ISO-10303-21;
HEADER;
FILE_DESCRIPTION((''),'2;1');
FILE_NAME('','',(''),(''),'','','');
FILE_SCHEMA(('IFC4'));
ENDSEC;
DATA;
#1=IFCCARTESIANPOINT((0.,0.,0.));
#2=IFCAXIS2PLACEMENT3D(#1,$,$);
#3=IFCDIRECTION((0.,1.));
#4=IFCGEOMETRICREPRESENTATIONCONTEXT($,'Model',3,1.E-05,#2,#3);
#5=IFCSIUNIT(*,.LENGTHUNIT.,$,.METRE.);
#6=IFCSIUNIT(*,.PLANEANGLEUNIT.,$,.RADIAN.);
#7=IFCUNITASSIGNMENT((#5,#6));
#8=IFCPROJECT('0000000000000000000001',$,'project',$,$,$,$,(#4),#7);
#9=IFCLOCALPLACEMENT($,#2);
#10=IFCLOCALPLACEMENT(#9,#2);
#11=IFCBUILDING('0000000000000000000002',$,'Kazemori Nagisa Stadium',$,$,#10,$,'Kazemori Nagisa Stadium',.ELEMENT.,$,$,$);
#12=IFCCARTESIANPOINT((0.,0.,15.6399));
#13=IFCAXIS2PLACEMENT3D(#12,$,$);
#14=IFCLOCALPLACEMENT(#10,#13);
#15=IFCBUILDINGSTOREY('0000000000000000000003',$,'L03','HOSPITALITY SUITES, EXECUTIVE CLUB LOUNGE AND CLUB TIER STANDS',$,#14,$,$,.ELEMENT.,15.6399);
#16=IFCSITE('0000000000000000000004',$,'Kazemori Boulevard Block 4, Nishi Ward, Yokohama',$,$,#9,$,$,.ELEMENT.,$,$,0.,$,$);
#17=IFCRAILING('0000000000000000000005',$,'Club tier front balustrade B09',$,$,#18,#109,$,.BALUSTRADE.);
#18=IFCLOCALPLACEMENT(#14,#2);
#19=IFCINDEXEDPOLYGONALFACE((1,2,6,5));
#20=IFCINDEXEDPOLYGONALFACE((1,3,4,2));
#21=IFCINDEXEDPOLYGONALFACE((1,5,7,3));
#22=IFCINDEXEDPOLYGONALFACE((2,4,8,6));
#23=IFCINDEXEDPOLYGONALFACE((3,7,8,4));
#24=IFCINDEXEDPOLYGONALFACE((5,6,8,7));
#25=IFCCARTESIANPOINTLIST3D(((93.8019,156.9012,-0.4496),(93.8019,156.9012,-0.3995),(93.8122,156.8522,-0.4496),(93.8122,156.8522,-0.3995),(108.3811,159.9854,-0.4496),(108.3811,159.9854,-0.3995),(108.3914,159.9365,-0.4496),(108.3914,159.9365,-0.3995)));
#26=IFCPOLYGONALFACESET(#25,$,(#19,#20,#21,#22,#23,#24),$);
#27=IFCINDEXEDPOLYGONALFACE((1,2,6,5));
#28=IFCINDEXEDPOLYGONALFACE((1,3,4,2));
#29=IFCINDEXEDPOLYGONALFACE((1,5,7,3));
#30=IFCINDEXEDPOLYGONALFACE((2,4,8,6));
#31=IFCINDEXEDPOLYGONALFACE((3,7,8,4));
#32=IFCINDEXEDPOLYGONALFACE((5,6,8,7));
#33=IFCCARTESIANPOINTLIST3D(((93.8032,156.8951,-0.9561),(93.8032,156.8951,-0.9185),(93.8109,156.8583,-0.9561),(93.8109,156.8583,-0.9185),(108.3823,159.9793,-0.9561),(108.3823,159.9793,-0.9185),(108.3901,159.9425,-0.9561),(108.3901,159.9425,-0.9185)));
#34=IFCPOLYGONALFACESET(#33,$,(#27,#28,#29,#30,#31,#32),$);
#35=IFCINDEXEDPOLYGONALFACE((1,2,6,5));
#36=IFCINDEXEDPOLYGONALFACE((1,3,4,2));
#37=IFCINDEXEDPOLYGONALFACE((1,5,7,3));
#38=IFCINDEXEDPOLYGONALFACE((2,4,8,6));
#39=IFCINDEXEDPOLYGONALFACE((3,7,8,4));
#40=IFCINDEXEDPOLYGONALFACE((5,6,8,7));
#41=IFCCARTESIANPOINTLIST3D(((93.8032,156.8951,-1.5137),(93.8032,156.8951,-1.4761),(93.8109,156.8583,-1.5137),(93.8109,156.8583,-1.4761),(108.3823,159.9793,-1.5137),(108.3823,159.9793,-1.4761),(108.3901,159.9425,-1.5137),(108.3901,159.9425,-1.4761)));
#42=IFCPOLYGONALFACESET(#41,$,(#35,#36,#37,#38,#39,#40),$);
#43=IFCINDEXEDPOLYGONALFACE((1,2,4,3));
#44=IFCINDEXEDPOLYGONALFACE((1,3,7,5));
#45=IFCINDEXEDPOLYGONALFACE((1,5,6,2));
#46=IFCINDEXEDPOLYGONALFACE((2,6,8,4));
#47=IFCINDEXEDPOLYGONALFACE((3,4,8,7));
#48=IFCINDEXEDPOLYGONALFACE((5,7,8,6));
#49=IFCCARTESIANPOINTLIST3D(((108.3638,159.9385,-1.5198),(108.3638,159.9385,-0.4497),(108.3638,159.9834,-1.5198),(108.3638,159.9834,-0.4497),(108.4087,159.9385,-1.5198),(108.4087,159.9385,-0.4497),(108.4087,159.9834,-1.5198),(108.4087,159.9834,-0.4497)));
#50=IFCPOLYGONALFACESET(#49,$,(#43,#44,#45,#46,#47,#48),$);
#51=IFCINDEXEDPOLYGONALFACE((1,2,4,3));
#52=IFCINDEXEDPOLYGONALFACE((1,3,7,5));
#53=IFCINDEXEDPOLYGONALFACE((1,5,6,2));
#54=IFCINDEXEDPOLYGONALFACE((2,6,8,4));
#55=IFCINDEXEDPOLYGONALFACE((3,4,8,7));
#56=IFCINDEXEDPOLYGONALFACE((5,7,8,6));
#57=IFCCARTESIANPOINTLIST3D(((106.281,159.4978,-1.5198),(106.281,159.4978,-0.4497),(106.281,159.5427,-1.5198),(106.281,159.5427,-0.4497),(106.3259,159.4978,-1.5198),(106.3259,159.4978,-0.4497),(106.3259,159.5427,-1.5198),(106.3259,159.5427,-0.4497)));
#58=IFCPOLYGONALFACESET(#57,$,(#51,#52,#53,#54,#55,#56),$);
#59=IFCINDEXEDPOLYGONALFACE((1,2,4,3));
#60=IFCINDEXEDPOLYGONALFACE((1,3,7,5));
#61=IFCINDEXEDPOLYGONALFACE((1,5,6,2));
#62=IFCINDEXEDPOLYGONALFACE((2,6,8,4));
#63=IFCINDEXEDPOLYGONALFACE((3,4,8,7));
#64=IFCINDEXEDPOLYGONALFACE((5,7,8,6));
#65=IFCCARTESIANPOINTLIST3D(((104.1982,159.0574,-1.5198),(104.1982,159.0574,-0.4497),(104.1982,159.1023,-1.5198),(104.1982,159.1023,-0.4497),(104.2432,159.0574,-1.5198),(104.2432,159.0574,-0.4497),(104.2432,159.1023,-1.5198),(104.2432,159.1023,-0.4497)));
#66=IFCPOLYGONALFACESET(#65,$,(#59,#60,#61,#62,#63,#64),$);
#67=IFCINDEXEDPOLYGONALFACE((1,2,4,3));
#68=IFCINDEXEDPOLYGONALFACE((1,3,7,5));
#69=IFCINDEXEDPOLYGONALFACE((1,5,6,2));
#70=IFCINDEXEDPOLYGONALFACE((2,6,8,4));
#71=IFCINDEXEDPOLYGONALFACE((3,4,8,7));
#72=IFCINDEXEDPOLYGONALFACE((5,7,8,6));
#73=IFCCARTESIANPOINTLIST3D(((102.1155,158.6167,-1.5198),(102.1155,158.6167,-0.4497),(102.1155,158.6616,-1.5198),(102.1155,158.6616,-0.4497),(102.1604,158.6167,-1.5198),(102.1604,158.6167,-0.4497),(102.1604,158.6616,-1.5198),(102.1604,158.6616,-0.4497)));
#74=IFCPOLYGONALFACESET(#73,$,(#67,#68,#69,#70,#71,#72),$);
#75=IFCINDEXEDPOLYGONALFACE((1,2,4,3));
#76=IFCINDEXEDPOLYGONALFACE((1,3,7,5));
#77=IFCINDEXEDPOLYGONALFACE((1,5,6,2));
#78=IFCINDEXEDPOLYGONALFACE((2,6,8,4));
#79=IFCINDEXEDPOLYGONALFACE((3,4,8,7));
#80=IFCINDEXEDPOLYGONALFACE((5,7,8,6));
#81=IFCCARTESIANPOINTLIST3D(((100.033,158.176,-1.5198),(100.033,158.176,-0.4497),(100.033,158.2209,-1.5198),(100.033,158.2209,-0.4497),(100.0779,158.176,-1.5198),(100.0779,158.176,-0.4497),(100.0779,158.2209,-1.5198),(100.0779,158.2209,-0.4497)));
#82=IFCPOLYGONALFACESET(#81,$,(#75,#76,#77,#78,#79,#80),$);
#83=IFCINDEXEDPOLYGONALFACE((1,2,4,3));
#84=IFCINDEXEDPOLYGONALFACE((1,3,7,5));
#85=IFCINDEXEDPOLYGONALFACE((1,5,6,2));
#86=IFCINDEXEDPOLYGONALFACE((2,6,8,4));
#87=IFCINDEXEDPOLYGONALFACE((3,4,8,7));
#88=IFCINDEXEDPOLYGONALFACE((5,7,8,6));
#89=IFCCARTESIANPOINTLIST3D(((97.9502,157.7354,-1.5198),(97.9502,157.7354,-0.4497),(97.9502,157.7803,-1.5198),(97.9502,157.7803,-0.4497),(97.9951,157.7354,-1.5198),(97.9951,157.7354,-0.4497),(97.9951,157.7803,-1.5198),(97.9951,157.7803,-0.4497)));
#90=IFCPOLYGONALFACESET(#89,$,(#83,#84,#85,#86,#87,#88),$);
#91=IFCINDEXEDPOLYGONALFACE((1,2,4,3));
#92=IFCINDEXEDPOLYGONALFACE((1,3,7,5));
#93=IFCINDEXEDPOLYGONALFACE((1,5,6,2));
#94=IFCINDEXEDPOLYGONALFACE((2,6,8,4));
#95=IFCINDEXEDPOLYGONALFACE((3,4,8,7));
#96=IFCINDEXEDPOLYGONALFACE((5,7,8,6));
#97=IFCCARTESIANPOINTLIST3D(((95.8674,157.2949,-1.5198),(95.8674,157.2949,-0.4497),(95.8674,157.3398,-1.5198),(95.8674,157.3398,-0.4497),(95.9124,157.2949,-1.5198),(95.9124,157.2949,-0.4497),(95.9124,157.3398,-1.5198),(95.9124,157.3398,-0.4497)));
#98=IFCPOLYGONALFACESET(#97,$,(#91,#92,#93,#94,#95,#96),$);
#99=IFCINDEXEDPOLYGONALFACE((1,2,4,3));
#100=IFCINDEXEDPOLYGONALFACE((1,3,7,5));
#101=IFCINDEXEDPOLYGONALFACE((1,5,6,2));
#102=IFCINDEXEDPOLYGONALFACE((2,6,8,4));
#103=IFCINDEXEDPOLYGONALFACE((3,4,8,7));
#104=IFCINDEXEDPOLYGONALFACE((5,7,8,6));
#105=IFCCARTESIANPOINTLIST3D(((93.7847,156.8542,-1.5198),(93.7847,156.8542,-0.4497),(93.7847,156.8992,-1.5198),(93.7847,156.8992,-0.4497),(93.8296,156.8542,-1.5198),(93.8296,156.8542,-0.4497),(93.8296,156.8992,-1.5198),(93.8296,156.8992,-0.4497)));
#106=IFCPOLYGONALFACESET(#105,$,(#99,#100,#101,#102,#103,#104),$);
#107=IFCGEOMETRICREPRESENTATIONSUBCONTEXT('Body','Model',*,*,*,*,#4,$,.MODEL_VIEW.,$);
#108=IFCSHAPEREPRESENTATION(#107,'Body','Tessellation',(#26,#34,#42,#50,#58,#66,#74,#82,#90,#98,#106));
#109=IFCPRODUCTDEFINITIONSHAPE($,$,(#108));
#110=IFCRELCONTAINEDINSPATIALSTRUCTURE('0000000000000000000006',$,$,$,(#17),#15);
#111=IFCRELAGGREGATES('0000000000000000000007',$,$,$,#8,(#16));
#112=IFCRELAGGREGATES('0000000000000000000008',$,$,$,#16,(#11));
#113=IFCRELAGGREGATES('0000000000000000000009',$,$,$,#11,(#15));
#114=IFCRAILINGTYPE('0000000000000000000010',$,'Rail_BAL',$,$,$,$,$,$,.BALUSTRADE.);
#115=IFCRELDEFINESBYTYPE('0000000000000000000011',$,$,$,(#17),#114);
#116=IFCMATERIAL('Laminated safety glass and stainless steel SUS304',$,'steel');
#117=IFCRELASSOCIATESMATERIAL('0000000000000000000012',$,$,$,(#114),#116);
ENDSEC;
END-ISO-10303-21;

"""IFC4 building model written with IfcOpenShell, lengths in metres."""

from ifc_helpers import new_model, si_unit, direction, frame, origin, origin_2d, place, context, subcontext, project, spatial, rectangle, extrude, material, type_object, element, save


model = new_model("IFC4")

# Units and contexts
model_context = context("Model", 3, precision=1e-05, world=origin(), true_north=direction((0.0, 1.0)))
body_context = subcontext(model_context, "Body", "Model", "MODEL_VIEW")
ifc_project = project(units=[si_unit("LENGTHUNIT", "METRE"), si_unit("PLANEANGLEUNIT", "RADIAN")], contexts=[model_context])

# Site, building, storey
site_placement = place(None, origin())
site = spatial("IfcSite", under=ifc_project, at=site_placement, Name="Kazemori Boulevard Block 4, Nishi Ward, Yokohama", CompositionType="ELEMENT", RefElevation=0.0)
building_placement = place(site_placement, origin())
building = spatial("IfcBuilding", under=site, at=building_placement, Name="Kazemori Nagisa Stadium", LongName="Kazemori Nagisa Stadium", CompositionType="ELEMENT")
storey_placement = place(building_placement, frame((0.0, 0.0, 15.6399)))
storey = spatial("IfcBuildingStorey", under=building, at=storey_placement, Name="L03", Description="HOSPITALITY SUITES, EXECUTIVE CLUB LOUNGE AND CLUB TIER STANDS", CompositionType="ELEMENT", Elevation=15.6399)

# Railing
ifc_material_1 = material(Name="Laminated safety glass and stainless steel SUS304", Category="steel")
railing_type = type_object("IfcRailingType", Name="Rail_BAL", PredefinedType="BALUSTRADE", material=ifc_material_1)
railing_placement = place(storey_placement, frame((108.3862, 159.9609, -1.5198)))
element("IfcRailing", 1, at=railing_placement, inside=storey, type_object=railing_type, Name="Club tier front balustrade B09", PredefinedType="BALUSTRADE", context=body_context, shape_type="SweptSolid", body=[
    extrude(rectangle(XDim=0.05, YDim=0.05, at=origin_2d()), frame((0.0, 0.0, 1.0952), z_axis=(-0.978347, -0.206971, 0.0), x_axis=(0.206971, -0.978347, 0.0)), (0.0, 0.0, 1.0), 14.9019),
    extrude(rectangle(XDim=0.0376, YDim=0.0376, at=origin_2d()), frame((0.0, 0.0, 0.5825), z_axis=(-0.978347, -0.206971, 0.0), x_axis=(0.206971, -0.978347, 0.0)), (0.0, 0.0, 1.0), 14.9019),
    extrude(rectangle(XDim=0.0376, YDim=0.0376, at=origin_2d()), frame((0.0, 0.0, 0.0249), z_axis=(-0.978347, -0.206971, 0.0), x_axis=(0.206971, -0.978347, 0.0)), (0.0, 0.0, 1.0), 14.9019),
    extrude(rectangle(XDim=0.0449, YDim=0.0449, at=origin_2d()), origin(), (0.0, 0.0, 1.0), 1.0701),
    extrude(rectangle(XDim=0.0449, YDim=0.0449, at=origin_2d()), frame((-2.0828, -0.4407, 0.0)), (0.0, 0.0, 1.0), 1.0701),
    extrude(rectangle(XDim=0.0449, YDim=0.0449, at=origin_2d()), frame((-4.1655, -0.8811, 0.0)), (0.0, 0.0, 1.0), 1.0701),
    extrude(rectangle(XDim=0.0449, YDim=0.0449, at=origin_2d()), frame((-6.2483, -1.3218, 0.0)), (0.0, 0.0, 1.0), 1.0701),
    extrude(rectangle(XDim=0.0449, YDim=0.0449, at=origin_2d()), frame((-8.3308, -1.7625, 0.0)), (0.0, 0.0, 1.0), 1.0701),
    extrude(rectangle(XDim=0.0449, YDim=0.0449, at=origin_2d()), frame((-10.4136, -2.2031, 0.0)), (0.0, 0.0, 1.0), 1.0701),
    extrude(rectangle(XDim=0.0449, YDim=0.0449, at=origin_2d()), frame((-12.4963, -2.6436, 0.0)), (0.0, 0.0, 1.0), 1.0701),
    extrude(rectangle(XDim=0.0449, YDim=0.0449, at=origin_2d()), frame((-14.5791, -3.0842, 0.0)), (0.0, 0.0, 1.0), 1.0701),
])

save(model, "model.ifc")
